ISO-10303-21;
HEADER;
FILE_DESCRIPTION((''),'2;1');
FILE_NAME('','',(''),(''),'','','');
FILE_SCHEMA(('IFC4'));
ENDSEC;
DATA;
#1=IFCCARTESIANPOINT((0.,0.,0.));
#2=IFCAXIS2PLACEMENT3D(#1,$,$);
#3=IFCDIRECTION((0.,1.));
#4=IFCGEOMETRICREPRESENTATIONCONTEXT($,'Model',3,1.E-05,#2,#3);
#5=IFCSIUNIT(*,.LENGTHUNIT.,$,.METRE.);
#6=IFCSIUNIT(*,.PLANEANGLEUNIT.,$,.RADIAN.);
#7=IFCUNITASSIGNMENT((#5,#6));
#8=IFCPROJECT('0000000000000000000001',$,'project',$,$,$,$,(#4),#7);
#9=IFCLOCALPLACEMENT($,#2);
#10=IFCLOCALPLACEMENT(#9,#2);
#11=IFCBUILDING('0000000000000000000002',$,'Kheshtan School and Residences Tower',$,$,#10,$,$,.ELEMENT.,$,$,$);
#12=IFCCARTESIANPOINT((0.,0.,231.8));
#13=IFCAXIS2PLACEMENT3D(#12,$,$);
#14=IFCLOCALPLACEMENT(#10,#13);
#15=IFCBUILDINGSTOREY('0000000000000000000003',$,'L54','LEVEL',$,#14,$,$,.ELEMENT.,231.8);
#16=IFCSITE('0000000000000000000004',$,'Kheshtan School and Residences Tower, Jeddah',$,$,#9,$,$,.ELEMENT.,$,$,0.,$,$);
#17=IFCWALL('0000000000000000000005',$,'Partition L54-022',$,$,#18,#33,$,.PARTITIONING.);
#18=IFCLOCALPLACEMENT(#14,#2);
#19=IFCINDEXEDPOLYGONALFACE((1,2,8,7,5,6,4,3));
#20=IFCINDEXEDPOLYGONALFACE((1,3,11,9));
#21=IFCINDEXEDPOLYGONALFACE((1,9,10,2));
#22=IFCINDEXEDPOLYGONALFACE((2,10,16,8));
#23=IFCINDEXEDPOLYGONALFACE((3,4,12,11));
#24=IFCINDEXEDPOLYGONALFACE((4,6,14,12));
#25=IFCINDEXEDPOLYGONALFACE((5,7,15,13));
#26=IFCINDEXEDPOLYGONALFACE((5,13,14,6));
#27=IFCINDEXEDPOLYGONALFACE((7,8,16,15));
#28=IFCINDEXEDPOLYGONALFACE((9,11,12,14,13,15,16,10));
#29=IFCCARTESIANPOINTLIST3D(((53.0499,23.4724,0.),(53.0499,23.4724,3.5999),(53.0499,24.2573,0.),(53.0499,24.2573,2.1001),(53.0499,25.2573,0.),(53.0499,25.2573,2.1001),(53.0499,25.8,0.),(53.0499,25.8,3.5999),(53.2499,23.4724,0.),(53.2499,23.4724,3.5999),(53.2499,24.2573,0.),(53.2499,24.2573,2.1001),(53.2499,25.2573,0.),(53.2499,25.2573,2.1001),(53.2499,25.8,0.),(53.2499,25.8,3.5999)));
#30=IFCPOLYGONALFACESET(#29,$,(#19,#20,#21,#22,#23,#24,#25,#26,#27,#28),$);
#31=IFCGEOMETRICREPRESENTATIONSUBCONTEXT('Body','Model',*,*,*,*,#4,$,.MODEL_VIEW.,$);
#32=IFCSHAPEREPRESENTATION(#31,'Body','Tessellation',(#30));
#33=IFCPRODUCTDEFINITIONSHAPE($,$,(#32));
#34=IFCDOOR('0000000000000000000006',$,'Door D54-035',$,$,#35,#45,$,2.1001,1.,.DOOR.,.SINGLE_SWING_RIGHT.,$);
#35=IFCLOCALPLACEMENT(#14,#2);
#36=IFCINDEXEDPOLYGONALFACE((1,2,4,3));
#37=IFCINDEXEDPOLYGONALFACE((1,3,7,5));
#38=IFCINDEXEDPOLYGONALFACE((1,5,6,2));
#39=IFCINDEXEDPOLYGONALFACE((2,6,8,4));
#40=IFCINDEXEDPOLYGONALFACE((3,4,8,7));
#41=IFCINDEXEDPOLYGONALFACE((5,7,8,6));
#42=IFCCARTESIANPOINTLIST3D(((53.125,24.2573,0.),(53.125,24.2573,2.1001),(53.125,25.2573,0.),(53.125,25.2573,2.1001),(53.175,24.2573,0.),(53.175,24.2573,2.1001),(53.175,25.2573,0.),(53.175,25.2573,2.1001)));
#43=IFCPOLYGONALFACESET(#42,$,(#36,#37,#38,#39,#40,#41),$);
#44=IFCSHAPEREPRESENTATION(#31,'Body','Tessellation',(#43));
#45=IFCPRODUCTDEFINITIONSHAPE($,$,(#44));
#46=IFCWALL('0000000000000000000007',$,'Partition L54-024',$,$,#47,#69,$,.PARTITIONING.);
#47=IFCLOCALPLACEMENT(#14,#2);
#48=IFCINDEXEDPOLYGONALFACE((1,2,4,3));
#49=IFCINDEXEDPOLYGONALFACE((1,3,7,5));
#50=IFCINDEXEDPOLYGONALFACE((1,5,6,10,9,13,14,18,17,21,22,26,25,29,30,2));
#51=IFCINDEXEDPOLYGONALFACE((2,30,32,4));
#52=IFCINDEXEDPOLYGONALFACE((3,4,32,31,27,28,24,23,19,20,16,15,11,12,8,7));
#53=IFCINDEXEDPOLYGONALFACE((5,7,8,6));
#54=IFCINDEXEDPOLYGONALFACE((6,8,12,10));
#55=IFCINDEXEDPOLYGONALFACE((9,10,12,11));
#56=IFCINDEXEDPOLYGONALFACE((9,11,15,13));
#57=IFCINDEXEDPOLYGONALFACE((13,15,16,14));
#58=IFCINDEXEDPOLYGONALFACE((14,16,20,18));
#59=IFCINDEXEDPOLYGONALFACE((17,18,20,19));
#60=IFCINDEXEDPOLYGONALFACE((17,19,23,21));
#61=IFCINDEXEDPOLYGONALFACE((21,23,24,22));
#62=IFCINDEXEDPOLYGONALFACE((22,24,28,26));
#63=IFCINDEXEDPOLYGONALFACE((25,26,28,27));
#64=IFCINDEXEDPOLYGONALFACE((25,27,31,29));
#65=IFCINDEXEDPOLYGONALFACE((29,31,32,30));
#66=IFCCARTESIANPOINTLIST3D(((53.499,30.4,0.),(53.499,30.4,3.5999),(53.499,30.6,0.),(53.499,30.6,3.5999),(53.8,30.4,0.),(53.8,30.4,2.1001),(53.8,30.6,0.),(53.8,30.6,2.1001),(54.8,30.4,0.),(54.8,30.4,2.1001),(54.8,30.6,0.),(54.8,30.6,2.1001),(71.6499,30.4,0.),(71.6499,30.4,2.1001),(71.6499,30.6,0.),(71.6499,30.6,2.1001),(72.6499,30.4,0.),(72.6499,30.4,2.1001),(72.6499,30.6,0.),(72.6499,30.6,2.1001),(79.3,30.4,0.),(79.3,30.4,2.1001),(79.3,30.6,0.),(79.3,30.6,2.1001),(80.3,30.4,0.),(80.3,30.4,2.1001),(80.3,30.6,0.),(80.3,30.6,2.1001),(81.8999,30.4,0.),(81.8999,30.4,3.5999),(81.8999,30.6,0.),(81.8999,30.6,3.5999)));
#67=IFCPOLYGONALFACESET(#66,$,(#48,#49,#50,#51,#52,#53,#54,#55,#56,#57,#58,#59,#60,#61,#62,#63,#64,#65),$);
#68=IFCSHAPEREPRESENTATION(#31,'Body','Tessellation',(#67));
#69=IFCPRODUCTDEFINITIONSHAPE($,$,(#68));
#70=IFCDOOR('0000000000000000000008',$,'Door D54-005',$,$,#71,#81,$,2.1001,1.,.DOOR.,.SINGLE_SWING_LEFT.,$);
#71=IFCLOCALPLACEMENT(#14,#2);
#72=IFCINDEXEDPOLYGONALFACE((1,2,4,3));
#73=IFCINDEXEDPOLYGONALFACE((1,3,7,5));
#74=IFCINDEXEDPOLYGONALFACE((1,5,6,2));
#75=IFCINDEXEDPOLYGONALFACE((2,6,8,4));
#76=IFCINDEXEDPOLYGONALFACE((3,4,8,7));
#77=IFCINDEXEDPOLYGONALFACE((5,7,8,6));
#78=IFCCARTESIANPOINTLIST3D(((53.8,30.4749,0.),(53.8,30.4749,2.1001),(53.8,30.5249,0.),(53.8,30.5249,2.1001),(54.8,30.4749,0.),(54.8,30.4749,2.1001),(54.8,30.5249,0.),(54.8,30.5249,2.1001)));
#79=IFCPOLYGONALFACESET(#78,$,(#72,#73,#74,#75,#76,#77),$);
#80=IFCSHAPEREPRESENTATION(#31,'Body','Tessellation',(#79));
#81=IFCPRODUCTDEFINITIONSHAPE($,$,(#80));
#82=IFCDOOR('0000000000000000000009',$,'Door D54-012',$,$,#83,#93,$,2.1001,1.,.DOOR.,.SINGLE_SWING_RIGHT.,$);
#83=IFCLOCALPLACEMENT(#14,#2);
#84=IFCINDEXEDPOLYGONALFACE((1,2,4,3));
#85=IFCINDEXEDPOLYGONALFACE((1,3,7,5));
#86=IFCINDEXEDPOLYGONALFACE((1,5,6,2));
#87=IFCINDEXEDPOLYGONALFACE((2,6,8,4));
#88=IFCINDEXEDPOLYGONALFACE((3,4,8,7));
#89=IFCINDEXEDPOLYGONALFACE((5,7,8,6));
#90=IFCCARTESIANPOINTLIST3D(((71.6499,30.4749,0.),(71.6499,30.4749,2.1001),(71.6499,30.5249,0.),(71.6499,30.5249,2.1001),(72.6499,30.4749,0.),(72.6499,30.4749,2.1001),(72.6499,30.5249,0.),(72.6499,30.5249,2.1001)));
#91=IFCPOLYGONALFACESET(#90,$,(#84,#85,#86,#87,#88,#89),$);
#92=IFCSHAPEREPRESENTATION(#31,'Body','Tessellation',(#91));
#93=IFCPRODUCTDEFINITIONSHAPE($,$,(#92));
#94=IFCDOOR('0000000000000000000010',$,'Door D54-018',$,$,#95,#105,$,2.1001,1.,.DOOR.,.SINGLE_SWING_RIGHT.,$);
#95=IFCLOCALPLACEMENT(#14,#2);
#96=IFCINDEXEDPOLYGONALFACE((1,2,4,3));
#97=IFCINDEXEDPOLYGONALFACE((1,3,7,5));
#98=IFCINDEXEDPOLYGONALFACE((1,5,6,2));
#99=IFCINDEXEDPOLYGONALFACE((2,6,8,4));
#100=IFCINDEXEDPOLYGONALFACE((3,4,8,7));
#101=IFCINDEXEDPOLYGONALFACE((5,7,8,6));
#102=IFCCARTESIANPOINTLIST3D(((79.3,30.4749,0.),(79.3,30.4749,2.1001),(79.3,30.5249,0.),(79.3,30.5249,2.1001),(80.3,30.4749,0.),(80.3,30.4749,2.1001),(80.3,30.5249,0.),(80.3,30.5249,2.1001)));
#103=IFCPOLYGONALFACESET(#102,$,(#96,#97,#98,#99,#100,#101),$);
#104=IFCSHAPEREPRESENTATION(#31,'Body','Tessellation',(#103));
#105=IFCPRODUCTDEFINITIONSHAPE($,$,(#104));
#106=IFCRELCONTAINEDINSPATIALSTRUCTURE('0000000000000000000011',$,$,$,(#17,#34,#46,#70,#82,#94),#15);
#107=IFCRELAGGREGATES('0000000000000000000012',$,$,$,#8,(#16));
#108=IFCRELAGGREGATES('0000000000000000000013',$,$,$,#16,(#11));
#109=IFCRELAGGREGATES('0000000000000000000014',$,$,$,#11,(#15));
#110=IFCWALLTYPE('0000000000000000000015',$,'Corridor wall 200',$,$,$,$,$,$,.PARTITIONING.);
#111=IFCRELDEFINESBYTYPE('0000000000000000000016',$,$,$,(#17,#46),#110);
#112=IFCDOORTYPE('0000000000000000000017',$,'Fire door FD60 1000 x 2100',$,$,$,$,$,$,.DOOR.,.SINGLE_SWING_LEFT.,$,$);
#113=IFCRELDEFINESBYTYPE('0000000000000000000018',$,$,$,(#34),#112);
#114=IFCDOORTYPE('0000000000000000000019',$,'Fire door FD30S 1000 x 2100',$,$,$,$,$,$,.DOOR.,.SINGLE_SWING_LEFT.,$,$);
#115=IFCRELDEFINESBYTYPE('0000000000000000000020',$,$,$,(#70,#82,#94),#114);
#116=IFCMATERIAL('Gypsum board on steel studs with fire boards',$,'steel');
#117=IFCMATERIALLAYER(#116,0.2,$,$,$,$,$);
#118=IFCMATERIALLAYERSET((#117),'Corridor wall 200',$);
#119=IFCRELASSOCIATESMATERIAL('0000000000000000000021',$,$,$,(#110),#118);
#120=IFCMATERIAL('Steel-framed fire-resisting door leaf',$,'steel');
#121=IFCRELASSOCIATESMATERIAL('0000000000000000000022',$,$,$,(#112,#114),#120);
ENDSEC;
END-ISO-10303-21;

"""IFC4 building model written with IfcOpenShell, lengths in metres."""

from ifc_helpers import new_model, si_unit, direction, frame, frame_2d, origin, place, context, subcontext, project, spatial, rectangle, extrude, source, transform, mapped, material, layer, layer_set, type_object, element, fill, save


model = new_model("IFC4")

# Units and contexts
model_context = context("Model", 3, precision=1e-05, world=origin(), true_north=direction((0.0, 1.0)))
body_context = subcontext(model_context, "Body", "Model", "MODEL_VIEW")
ifc_project = project(units=[si_unit("LENGTHUNIT", "METRE"), si_unit("PLANEANGLEUNIT", "RADIAN")], contexts=[model_context])

# Site, building, storey
site_placement = place(None, origin())
site = spatial("IfcSite", under=ifc_project, at=site_placement, Name="Kheshtan School and Residences Tower, Jeddah", CompositionType="ELEMENT", RefElevation=0.0)
building_placement = place(site_placement, origin())
building = spatial("IfcBuilding", under=site, at=building_placement, Name="Kheshtan School and Residences Tower", CompositionType="ELEMENT")
storey_placement = place(building_placement, frame((0.0, 0.0, 231.8)))
storey = spatial("IfcBuildingStorey", under=building, at=storey_placement, Name="L54", Description="LEVEL", CompositionType="ELEMENT", Elevation=231.8)

# Wall, opening, door
ifc_material_1 = material(Name="Gypsum board on steel studs with fire boards", Category="steel")
ifc_layer_1 = layer(ifc_material_1, 0.2)
ifc_layer_set_1 = layer_set([ifc_layer_1], Name="Corridor wall 200")
wall_type_1 = type_object("IfcWallType", Name="Corridor wall 200", PredefinedType="PARTITIONING", material=ifc_layer_set_1)
wall_1_placement = place(storey_placement, frame((53.1499, 23.4724, 0.0), z_axis=(0.0, 0.0, 1.0), x_axis=(0.0, 1.0, 0.0)))
wall_1 = element("IfcWall", 1, at=wall_1_placement, inside=storey, type_object=wall_type_1, Name="Partition L54-022", PredefinedType="PARTITIONING", context=body_context, shape_type="SweptSolid", body=[
    extrude(rectangle(XDim=2.3276, YDim=0.2, at=frame_2d((1.1638, 0.0))), origin(), (0.0, 0.0, 1.0), 3.5999),
])
opening_1_placement = place(wall_1_placement, frame((0.7849, 0.0, 0.0)))
opening_1 = element("IfcOpeningElement", 2, at=opening_1_placement, cuts=wall_1, PredefinedType="OPENING", context=body_context, shape_type="SweptSolid", body=[
    extrude(rectangle(XDim=1.0, YDim=2.1001, at=frame_2d((0.5, 1.05))), frame((0.0, 0.1099, 0.0), z_axis=(0.0, -1.0, 0.0), x_axis=(1.0, 0.0, 0.0)), (0.0, 0.0, 1.0), 0.22),
])
ifc_material_2 = material(Name="Steel-framed fire-resisting door leaf", Category="steel")
door_type_1 = type_object("IfcDoorType", Name="Fire door FD60 1000 x 2100", OperationType="SINGLE_SWING_LEFT", PredefinedType="DOOR", material=ifc_material_2)
shared_shape_1 = source(origin(), body_context, "Body", "SweptSolid", [
    extrude(rectangle(XDim=1.0, YDim=2.1001, at=frame_2d((0.5, 1.05))), frame((0.0, 0.0249, 0.0), z_axis=(0.0, -1.0, 0.0), x_axis=(1.0, 0.0, 0.0)), (0.0, 0.0, 1.0), 0.05),
])
door_1_placement = place(opening_1_placement, origin())
door_1 = element("IfcDoor", 3, at=door_1_placement, inside=storey, type_object=door_type_1, Name="Door D54-035", OperationType="SINGLE_SWING_RIGHT", OverallHeight=2.1001, OverallWidth=1.0, PredefinedType="DOOR", context=body_context, shape_type="MappedRepresentation", body=[
    mapped(shared_shape_1, transform((0.0, 0.0, 0.0), x_axis=(1.0, 0.0, 0.0), y_axis=(0.0, 1.0, 0.0), z_axis=(0.0, 0.0, 1.0), scale=1.0)),
])
fill(opening_1, door_1)

# Wall, openings, doors
wall_2_placement = place(storey_placement, frame((53.499, 30.5, 0.0), z_axis=(0.0, 0.0, 1.0), x_axis=(1.0, 0.0, 0.0)))
wall_2 = element("IfcWall", 4, at=wall_2_placement, inside=storey, type_object=wall_type_1, Name="Partition L54-024", PredefinedType="PARTITIONING", context=body_context, shape_type="SweptSolid", body=[
    extrude(rectangle(XDim=28.4009, YDim=0.2, at=frame_2d((14.2004, 0.0))), origin(), (0.0, 0.0, 1.0), 3.5999),
])
opening_2_placement = place(wall_2_placement, frame((0.301, 0.0, 0.0)))
opening_2 = element("IfcOpeningElement", 5, at=opening_2_placement, cuts=wall_2, PredefinedType="OPENING", context=body_context, shape_type="SweptSolid", body=[
    extrude(rectangle(XDim=1.0, YDim=2.1001, at=frame_2d((0.5, 1.05))), frame((0.0, 0.1099, 0.0), z_axis=(0.0, -1.0, 0.0), x_axis=(1.0, 0.0, 0.0)), (0.0, 0.0, 1.0), 0.22),
])
opening_3_placement = place(wall_2_placement, frame((18.1509, 0.0, 0.0)))
opening_3 = element("IfcOpeningElement", 6, at=opening_3_placement, cuts=wall_2, PredefinedType="OPENING", context=body_context, shape_type="SweptSolid", body=[
    extrude(rectangle(XDim=1.0, YDim=2.1001, at=frame_2d((0.5, 1.05))), frame((0.0, 0.1099, 0.0), z_axis=(0.0, -1.0, 0.0), x_axis=(1.0, 0.0, 0.0)), (0.0, 0.0, 1.0), 0.22),
])
opening_4_placement = place(wall_2_placement, frame((25.801, 0.0, 0.0)))
opening_4 = element("IfcOpeningElement", 7, at=opening_4_placement, cuts=wall_2, PredefinedType="OPENING", context=body_context, shape_type="SweptSolid", body=[
    extrude(rectangle(XDim=1.0, YDim=2.1001, at=frame_2d((0.5, 1.05))), frame((0.0, 0.1099, 0.0), z_axis=(0.0, -1.0, 0.0), x_axis=(1.0, 0.0, 0.0)), (0.0, 0.0, 1.0), 0.22),
])
door_type_2 = type_object("IfcDoorType", Name="Fire door FD30S 1000 x 2100", OperationType="SINGLE_SWING_LEFT", PredefinedType="DOOR", material=ifc_material_2)
shared_shape_2 = source(origin(), body_context, "Body", "SweptSolid", [
    extrude(rectangle(XDim=1.0, YDim=2.1001, at=frame_2d((0.5, 1.05))), frame((0.0, 0.0249, 0.0), z_axis=(0.0, -1.0, 0.0), x_axis=(1.0, 0.0, 0.0)), (0.0, 0.0, 1.0), 0.05),
])
door_2_placement = place(opening_2_placement, origin())
door_2 = element("IfcDoor", 8, at=door_2_placement, inside=storey, type_object=door_type_2, Name="Door D54-005", OperationType="SINGLE_SWING_LEFT", OverallHeight=2.1001, OverallWidth=1.0, PredefinedType="DOOR", context=body_context, shape_type="MappedRepresentation", body=[
    mapped(shared_shape_2, transform((0.0, 0.0, 0.0), x_axis=(1.0, 0.0, 0.0), y_axis=(0.0, 1.0, 0.0), z_axis=(0.0, 0.0, 1.0), scale=1.0)),
])
fill(opening_2, door_2)
door_3_placement = place(opening_3_placement, origin())
door_3 = element("IfcDoor", 9, at=door_3_placement, inside=storey, type_object=door_type_2, Name="Door D54-012", OperationType="SINGLE_SWING_RIGHT", OverallHeight=2.1001, OverallWidth=1.0, PredefinedType="DOOR", context=body_context, shape_type="MappedRepresentation", body=[
    mapped(shared_shape_2, transform((0.0, 0.0, 0.0), x_axis=(1.0, 0.0, 0.0), y_axis=(0.0, 1.0, 0.0), z_axis=(0.0, 0.0, 1.0), scale=1.0)),
])
fill(opening_3, door_3)
door_4_placement = place(opening_4_placement, origin())
door_4 = element("IfcDoor", 10, at=door_4_placement, inside=storey, type_object=door_type_2, Name="Door D54-018", OperationType="SINGLE_SWING_RIGHT", OverallHeight=2.1001, OverallWidth=1.0, PredefinedType="DOOR", context=body_context, shape_type="MappedRepresentation", body=[
    mapped(shared_shape_2, transform((0.0, 0.0, 0.0), x_axis=(1.0, 0.0, 0.0), y_axis=(0.0, 1.0, 0.0), z_axis=(0.0, 0.0, 1.0), scale=1.0)),
])
fill(opening_4, door_4)

save(model, "model.ifc")
